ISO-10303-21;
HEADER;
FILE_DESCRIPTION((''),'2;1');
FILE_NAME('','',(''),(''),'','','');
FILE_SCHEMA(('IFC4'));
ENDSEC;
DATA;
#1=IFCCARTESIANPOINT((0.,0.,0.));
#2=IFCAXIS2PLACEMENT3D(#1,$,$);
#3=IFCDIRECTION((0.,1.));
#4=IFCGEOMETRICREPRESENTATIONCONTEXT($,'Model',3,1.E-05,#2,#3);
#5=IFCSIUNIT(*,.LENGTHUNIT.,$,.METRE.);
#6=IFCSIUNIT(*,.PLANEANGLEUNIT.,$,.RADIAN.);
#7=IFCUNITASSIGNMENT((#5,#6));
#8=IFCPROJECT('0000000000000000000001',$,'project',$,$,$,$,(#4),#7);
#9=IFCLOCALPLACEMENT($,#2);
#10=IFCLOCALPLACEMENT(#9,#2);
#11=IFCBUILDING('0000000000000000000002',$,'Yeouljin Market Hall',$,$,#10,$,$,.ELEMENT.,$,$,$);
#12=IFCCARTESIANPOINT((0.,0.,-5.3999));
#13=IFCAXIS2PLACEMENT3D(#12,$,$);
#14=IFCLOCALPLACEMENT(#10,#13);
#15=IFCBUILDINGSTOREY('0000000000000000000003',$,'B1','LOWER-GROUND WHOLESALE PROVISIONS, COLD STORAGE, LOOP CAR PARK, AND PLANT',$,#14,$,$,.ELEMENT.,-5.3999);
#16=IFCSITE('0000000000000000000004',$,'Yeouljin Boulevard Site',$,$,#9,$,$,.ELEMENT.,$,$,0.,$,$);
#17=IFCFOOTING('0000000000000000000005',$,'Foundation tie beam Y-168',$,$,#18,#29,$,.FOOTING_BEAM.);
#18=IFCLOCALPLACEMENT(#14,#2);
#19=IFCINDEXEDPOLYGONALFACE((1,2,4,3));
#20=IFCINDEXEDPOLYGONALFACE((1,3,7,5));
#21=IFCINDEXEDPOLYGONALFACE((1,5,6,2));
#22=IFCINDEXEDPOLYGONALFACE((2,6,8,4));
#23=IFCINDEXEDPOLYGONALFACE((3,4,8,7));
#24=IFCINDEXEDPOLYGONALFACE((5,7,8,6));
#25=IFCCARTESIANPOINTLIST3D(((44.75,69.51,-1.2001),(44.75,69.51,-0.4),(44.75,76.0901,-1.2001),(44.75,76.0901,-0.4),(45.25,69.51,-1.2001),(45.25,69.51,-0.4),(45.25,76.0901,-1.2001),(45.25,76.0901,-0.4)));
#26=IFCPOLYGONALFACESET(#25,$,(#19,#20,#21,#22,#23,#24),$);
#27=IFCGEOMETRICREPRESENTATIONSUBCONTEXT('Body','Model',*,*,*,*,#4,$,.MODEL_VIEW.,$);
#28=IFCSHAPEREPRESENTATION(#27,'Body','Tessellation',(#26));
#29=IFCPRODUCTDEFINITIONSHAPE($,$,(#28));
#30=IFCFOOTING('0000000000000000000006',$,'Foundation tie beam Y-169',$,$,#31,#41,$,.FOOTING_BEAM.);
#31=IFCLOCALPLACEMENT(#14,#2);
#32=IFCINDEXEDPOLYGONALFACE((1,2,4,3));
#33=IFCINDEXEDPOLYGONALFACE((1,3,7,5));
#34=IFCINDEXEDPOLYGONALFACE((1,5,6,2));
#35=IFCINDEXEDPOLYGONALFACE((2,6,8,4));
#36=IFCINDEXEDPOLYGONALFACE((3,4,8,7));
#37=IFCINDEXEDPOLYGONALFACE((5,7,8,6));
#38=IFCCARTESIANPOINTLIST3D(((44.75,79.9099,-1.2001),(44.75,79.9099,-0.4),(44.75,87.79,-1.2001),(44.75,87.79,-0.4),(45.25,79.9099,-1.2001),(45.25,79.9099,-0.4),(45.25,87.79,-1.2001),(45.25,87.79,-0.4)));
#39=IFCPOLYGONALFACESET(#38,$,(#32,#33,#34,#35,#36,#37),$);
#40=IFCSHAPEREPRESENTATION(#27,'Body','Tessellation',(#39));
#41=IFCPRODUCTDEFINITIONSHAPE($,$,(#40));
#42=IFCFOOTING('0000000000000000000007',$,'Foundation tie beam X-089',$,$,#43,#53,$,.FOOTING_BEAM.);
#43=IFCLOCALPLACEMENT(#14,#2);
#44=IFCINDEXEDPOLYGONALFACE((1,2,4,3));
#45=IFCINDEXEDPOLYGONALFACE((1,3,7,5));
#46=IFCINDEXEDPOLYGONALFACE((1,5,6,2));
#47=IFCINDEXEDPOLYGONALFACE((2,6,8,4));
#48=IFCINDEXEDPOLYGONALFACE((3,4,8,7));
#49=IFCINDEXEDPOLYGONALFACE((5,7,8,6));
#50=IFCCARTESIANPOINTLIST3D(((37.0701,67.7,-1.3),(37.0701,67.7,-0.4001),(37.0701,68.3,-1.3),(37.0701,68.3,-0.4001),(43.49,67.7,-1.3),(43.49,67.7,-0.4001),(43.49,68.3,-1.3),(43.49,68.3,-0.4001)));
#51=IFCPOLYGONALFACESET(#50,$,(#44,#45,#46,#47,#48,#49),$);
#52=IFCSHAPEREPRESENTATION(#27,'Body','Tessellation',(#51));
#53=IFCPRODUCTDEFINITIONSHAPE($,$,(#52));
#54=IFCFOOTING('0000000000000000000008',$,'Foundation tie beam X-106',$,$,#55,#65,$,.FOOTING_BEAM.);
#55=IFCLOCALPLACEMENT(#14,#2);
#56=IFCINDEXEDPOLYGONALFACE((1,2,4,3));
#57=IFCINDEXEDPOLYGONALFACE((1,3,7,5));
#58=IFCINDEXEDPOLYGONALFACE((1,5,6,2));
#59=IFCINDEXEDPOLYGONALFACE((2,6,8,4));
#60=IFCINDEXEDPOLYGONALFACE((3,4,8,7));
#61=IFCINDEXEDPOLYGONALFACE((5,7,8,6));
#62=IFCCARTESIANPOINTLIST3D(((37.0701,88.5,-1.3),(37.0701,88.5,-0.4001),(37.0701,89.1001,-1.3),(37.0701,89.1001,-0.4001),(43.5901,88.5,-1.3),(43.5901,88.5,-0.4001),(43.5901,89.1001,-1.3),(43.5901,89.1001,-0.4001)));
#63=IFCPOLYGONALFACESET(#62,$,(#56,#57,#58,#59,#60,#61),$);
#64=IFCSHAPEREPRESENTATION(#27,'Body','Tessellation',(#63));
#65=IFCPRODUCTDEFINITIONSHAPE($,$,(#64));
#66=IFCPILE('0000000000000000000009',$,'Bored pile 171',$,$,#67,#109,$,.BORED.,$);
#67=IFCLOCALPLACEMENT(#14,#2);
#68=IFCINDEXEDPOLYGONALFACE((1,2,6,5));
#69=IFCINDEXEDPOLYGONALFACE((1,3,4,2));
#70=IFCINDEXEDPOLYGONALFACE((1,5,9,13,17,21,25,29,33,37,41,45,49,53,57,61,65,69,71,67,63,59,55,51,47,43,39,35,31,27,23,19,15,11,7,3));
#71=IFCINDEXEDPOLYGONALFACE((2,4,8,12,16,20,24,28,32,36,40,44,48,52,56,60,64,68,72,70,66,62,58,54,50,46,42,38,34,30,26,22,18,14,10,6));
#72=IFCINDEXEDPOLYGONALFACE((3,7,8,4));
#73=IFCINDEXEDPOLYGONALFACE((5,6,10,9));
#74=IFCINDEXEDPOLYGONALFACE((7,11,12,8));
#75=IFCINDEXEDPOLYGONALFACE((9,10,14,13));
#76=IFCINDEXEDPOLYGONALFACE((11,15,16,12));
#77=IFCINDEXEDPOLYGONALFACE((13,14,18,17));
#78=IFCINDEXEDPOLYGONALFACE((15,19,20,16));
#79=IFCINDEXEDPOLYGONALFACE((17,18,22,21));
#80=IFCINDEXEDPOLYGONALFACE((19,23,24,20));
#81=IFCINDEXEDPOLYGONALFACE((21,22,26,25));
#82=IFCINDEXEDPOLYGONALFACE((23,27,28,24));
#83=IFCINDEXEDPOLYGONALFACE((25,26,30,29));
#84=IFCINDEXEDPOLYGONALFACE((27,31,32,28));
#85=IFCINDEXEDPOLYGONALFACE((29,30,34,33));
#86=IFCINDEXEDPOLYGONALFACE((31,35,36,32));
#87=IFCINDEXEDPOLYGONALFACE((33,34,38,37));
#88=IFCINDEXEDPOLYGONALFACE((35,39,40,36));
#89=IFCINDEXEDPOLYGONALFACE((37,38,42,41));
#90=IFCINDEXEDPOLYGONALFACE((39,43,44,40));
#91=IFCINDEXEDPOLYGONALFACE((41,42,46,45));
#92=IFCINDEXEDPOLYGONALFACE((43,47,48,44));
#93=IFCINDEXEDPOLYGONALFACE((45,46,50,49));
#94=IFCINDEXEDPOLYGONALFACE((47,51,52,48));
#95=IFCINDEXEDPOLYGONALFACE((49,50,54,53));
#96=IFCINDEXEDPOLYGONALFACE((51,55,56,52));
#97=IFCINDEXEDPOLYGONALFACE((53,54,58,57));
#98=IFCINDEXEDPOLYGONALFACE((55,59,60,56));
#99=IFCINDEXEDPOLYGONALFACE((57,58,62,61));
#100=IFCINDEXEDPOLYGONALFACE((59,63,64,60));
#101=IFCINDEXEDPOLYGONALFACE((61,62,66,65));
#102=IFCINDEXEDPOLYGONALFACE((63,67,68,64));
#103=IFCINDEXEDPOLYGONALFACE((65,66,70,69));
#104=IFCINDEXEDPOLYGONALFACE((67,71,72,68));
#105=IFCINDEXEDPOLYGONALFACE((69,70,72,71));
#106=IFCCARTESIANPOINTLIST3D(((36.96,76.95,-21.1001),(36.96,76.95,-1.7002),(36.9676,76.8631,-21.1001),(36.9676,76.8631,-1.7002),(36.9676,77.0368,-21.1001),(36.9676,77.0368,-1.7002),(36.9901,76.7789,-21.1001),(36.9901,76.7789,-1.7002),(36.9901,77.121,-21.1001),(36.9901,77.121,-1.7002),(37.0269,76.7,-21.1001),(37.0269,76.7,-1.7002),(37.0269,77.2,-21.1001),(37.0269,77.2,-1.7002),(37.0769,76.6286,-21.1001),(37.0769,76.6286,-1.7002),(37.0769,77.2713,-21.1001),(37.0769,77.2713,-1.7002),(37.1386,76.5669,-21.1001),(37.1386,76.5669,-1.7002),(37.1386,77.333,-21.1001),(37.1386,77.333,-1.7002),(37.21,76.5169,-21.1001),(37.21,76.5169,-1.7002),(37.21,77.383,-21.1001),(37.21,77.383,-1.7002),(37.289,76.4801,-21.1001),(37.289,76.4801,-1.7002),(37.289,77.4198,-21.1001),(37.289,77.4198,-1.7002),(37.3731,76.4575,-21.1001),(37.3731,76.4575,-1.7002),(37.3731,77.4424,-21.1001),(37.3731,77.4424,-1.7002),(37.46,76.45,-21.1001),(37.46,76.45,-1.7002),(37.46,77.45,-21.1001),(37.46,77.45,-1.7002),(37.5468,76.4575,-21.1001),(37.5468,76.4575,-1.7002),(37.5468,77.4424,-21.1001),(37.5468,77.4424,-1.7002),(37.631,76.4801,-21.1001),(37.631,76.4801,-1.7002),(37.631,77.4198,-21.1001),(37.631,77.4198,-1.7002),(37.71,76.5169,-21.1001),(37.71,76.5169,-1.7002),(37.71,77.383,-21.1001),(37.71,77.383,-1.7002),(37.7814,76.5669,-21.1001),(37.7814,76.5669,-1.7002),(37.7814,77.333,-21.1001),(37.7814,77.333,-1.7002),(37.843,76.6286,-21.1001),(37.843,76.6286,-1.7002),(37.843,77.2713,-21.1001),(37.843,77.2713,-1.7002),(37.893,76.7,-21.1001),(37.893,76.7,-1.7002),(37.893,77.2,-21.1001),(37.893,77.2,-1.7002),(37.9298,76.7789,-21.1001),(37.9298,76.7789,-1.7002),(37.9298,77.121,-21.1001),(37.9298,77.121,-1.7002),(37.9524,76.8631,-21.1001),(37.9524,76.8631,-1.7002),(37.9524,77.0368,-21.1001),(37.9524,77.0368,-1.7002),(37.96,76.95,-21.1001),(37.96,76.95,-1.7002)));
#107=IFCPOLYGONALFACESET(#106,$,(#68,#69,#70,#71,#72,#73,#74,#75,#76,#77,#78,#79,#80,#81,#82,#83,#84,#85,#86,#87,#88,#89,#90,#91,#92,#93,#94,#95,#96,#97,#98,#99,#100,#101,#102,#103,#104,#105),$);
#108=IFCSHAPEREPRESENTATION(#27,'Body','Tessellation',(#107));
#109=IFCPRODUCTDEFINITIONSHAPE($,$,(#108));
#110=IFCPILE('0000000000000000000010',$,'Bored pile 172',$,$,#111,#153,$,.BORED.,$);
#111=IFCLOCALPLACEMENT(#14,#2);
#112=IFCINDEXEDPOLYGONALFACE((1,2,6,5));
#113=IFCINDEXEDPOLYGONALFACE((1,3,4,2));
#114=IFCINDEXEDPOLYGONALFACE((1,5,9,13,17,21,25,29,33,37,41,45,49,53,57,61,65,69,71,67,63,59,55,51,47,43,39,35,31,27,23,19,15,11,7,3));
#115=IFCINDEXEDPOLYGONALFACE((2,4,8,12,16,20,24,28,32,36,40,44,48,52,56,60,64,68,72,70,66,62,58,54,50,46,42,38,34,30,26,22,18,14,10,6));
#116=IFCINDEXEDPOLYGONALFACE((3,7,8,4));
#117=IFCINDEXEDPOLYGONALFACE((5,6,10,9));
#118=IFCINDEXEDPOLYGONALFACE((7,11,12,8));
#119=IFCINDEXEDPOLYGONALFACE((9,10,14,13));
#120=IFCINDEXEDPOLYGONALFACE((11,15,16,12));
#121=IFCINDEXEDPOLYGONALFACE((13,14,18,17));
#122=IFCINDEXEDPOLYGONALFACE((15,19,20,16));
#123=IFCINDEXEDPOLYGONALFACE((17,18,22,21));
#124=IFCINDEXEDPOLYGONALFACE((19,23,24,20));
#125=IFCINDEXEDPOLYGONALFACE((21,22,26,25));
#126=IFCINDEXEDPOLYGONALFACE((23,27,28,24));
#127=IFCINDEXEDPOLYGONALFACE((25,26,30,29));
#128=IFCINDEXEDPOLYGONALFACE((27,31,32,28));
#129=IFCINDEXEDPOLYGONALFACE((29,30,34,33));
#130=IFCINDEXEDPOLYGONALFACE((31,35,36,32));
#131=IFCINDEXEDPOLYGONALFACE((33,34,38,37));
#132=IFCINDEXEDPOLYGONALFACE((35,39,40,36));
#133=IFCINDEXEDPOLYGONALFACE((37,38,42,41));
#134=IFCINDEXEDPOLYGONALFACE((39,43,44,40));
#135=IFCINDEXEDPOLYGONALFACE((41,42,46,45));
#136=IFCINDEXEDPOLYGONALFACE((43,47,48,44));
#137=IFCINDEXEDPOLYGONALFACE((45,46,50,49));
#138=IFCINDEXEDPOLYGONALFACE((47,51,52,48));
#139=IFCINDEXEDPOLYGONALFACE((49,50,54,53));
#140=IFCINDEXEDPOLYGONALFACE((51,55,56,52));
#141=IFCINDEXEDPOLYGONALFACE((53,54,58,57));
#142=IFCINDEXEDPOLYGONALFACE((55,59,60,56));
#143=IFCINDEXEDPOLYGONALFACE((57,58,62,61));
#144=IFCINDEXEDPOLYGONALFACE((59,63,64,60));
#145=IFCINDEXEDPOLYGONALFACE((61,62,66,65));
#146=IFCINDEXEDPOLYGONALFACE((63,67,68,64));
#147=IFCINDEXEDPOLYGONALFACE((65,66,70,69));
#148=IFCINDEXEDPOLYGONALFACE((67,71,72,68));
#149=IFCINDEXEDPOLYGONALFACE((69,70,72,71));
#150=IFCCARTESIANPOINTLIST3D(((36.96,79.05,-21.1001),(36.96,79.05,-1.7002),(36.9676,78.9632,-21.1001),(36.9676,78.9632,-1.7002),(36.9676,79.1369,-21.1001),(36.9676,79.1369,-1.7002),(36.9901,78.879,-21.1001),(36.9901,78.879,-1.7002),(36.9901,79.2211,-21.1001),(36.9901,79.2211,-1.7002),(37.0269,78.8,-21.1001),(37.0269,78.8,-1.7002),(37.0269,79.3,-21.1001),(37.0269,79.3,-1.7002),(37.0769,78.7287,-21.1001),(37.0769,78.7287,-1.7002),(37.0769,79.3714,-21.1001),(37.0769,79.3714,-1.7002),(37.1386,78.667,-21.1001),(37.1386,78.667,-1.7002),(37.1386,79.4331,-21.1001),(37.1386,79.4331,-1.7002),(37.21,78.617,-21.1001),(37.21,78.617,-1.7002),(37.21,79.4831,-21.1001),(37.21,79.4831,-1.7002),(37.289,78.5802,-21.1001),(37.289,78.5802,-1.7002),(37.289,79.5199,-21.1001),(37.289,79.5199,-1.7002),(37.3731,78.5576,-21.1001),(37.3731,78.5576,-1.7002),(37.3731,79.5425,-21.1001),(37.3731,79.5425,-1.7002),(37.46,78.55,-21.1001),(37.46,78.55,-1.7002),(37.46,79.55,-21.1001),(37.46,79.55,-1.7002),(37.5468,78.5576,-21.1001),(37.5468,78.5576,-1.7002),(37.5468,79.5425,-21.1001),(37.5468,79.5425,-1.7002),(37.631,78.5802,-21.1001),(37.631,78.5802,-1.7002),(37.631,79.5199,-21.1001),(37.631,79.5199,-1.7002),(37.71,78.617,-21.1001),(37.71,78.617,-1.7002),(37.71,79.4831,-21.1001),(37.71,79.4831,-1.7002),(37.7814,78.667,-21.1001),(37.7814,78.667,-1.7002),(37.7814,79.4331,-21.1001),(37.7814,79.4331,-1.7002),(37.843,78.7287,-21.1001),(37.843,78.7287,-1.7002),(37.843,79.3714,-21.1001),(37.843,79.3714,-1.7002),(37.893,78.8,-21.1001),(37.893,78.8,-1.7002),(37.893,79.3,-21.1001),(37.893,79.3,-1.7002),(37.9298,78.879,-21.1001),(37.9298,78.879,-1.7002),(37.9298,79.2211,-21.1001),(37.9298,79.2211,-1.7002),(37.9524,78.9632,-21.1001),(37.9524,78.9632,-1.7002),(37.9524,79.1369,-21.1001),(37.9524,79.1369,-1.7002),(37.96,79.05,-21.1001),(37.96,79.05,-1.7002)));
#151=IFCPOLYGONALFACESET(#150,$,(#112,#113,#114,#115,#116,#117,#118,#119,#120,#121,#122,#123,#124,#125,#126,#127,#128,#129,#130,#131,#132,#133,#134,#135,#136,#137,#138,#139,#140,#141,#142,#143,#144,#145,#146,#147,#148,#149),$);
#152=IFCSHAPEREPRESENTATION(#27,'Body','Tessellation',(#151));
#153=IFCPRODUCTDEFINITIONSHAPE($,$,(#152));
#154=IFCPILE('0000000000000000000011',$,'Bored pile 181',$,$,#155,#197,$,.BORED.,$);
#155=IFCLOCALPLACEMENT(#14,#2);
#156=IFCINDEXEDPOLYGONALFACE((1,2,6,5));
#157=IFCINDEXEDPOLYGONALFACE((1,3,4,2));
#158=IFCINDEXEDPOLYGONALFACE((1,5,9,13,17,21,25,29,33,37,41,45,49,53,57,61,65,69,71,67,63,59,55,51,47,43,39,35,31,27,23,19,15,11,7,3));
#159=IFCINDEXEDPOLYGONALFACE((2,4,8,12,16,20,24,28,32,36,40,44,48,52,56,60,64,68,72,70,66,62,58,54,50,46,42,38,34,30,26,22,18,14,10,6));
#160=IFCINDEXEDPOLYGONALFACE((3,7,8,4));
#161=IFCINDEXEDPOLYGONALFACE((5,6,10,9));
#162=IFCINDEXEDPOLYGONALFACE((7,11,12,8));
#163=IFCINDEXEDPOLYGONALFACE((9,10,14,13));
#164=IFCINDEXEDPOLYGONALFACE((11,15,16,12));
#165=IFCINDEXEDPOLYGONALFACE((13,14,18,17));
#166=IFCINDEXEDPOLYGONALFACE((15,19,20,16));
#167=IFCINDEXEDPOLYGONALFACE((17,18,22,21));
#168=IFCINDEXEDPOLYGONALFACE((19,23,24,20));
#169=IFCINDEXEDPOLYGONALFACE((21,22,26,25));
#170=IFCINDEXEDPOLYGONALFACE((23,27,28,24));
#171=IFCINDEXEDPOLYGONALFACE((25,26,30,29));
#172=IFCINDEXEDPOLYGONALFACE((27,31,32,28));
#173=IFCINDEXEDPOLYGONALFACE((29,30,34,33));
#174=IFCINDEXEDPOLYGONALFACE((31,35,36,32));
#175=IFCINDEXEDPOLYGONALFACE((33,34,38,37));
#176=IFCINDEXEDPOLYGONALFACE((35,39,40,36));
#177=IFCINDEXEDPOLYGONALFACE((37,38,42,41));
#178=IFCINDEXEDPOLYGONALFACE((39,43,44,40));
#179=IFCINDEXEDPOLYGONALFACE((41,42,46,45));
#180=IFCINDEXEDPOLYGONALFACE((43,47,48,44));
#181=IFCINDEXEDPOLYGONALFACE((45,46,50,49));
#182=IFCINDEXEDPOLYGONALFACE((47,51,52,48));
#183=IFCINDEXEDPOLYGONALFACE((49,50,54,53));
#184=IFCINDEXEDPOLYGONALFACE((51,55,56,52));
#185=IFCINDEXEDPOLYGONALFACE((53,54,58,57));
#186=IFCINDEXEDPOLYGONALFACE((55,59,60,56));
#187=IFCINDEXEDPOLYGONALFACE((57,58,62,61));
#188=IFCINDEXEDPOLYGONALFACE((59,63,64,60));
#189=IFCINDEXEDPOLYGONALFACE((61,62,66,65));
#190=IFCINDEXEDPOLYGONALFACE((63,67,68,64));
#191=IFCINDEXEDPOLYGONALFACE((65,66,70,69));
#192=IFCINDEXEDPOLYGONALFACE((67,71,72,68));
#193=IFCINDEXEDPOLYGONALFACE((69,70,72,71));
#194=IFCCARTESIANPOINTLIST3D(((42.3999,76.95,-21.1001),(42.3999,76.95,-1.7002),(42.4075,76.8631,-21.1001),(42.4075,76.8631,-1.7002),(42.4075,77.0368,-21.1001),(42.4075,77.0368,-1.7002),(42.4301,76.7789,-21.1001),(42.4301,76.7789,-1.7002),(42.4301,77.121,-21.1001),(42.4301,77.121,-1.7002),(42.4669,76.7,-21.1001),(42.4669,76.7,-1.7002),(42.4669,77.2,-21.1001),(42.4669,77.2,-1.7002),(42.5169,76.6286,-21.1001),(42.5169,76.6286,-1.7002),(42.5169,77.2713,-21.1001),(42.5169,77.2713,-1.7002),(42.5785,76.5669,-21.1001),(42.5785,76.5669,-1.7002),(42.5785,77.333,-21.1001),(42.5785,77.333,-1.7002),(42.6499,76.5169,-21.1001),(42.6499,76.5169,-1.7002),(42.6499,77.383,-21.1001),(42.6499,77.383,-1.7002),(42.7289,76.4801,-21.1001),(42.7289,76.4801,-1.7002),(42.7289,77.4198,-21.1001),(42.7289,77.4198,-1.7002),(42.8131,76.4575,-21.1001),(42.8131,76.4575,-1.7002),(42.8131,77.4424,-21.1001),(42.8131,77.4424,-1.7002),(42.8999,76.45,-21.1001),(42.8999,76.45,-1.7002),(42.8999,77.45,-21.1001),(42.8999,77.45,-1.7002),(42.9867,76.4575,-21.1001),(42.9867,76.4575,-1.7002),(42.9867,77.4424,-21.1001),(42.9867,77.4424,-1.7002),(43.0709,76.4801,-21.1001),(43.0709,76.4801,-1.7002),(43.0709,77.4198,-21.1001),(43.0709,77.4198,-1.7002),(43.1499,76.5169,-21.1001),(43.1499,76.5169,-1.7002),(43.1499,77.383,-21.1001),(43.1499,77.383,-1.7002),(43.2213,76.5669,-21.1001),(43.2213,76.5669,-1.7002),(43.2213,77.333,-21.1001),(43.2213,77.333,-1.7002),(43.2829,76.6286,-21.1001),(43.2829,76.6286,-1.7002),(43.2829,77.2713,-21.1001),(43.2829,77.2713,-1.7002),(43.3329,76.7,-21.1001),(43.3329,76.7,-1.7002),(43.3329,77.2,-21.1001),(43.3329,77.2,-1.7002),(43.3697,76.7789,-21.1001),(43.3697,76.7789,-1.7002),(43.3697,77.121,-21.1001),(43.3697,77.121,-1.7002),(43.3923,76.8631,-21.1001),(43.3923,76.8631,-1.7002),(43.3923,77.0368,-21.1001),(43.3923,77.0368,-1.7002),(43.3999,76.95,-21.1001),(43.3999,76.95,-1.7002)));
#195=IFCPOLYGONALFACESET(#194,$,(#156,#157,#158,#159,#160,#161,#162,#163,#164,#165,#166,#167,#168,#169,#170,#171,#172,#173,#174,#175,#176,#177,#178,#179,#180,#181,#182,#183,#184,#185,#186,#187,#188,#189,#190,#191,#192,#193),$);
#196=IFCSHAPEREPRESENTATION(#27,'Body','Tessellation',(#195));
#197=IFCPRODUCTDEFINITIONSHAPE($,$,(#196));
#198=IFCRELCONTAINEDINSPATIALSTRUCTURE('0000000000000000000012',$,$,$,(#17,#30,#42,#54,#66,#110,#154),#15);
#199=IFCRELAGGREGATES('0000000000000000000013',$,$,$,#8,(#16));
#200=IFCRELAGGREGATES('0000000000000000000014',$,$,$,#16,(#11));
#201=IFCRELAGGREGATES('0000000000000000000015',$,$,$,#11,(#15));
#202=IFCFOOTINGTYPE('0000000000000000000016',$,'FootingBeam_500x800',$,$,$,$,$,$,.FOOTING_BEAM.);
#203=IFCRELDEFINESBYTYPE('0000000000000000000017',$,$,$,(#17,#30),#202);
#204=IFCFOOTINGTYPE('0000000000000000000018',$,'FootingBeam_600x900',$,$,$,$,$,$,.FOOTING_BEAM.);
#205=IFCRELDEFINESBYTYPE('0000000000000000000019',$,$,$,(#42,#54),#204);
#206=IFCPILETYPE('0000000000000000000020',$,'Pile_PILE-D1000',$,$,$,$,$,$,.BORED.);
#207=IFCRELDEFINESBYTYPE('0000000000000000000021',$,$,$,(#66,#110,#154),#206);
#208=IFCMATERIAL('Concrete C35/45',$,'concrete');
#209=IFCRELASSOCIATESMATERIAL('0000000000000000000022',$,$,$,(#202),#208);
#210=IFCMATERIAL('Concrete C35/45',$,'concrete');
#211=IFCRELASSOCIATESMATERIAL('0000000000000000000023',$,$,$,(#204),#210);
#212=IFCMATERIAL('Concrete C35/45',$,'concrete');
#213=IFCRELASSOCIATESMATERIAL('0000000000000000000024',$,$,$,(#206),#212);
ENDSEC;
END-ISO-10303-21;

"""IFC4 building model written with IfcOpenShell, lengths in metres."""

from ifc_helpers import new_model, si_unit, direction, frame, origin, origin_2d, place, context, subcontext, project, spatial, rectangle, circle, extrude, material, material_profile, profile_set, type_object, element, save


model = new_model("IFC4")

# Units and contexts
model_context = context("Model", 3, precision=1e-05, world=origin(), true_north=direction((0.0, 1.0)))
body_context = subcontext(model_context, "Body", "Model", "MODEL_VIEW")
ifc_project = project(units=[si_unit("LENGTHUNIT", "METRE"), si_unit("PLANEANGLEUNIT", "RADIAN")], contexts=[model_context])

# Site, building, storey
site_placement = place(None, origin())
site = spatial("IfcSite", under=ifc_project, at=site_placement, Name="Yeouljin Boulevard Site", CompositionType="ELEMENT", RefElevation=0.0)
building_placement = place(site_placement, origin())
building = spatial("IfcBuilding", under=site, at=building_placement, Name="Yeouljin Market Hall", CompositionType="ELEMENT")
storey_placement = place(building_placement, frame((0.0, 0.0, -5.3999)))
storey = spatial("IfcBuildingStorey", under=building, at=storey_placement, Name="B1", Description="LOWER-GROUND WHOLESALE PROVISIONS, COLD STORAGE, LOOP CAR PARK, AND PLANT", CompositionType="ELEMENT", Elevation=-5.3999)

# Footings
ifc_material_1 = material(Name="Concrete C35/45", Category="concrete")
ifc_material_profile_1 = material_profile(ifc_material_1, rectangle(XDim=0.5, YDim=0.8, at=origin_2d()), Name="RC-500x800")
ifc_profile_set_1 = profile_set([ifc_material_profile_1], Name="Concrete C35/45")
footing_type_1 = type_object("IfcFootingType", Name="FootingBeam_500x800", PredefinedType="FOOTING_BEAM", material=ifc_profile_set_1)
footing_1_placement = place(storey_placement, frame((45.0, 69.51, -0.8), z_axis=(0.0, 1.0, 0.0), x_axis=(-1.0, 0.0, 0.0)))
element("IfcFooting", 1, at=footing_1_placement, inside=storey, type_object=footing_type_1, Name="Foundation tie beam Y-168", PredefinedType="FOOTING_BEAM", context=body_context, shape_type="SweptSolid", body=[
    extrude(rectangle(XDim=0.5, YDim=0.8, at=origin_2d()), origin(), (0.0, 0.0, 1.0), 6.5801),
])
footing_2_placement = place(storey_placement, frame((45.0, 79.9099, -0.8), z_axis=(0.0, 1.0, 0.0), x_axis=(-1.0, 0.0, 0.0)))
element("IfcFooting", 2, at=footing_2_placement, inside=storey, type_object=footing_type_1, Name="Foundation tie beam Y-169", PredefinedType="FOOTING_BEAM", context=body_context, shape_type="SweptSolid", body=[
    extrude(rectangle(XDim=0.5, YDim=0.8, at=origin_2d()), origin(), (0.0, 0.0, 1.0), 7.8801),
])
ifc_material_2 = material(Name="Concrete C35/45", Category="concrete")
ifc_material_profile_2 = material_profile(ifc_material_2, rectangle(XDim=0.6001, YDim=0.8999, at=origin_2d()), Name="RC-600x900")
ifc_profile_set_2 = profile_set([ifc_material_profile_2], Name="Concrete C35/45")
footing_type_2 = type_object("IfcFootingType", Name="FootingBeam_600x900", PredefinedType="FOOTING_BEAM", material=ifc_profile_set_2)
footing_3_placement = place(storey_placement, frame((37.0701, 68.0, -0.8501), z_axis=(1.0, 0.0, 0.0), x_axis=(0.0, 1.0, 0.0)))
element("IfcFooting", 3, at=footing_3_placement, inside=storey, type_object=footing_type_2, Name="Foundation tie beam X-089", PredefinedType="FOOTING_BEAM", context=body_context, shape_type="SweptSolid", body=[
    extrude(rectangle(XDim=0.6001, YDim=0.8999, at=origin_2d()), origin(), (0.0, 0.0, 1.0), 6.4199),
])
footing_4_placement = place(storey_placement, frame((37.0701, 88.8, -0.8501), z_axis=(1.0, 0.0, 0.0), x_axis=(0.0, 1.0, 0.0)))
element("IfcFooting", 4, at=footing_4_placement, inside=storey, type_object=footing_type_2, Name="Foundation tie beam X-106", PredefinedType="FOOTING_BEAM", context=body_context, shape_type="SweptSolid", body=[
    extrude(rectangle(XDim=0.6001, YDim=0.8999, at=origin_2d()), origin(), (0.0, 0.0, 1.0), 6.52),
])

# Piles
ifc_material_3 = material(Name="Concrete C35/45", Category="concrete")
ifc_material_profile_3 = material_profile(ifc_material_3, circle(Radius=0.5, at=origin_2d()), Name="PILE-D1000")
ifc_profile_set_3 = profile_set([ifc_material_profile_3], Name="Concrete C35/45")
pile_type_1 = type_object("IfcPileType", Name="Pile_PILE-D1000", PredefinedType="BORED", material=ifc_profile_set_3)
for number, where, z_axis, x_axis, name in (
    (5, (37.46, 76.95, -1.7002), (0.0, 0.0, -1.0), (1.0, 0.0, 0.0), "Bored pile 171"),
    (6, (37.46, 79.05, -1.7002), (0.0, 0.0, -1.0), (1.0, 0.0, 0.0), "Bored pile 172"),
    (7, (42.8999, 76.95, -1.7002), (0.0, 0.0, -1.0), (1.0, 0.0, 0.0), "Bored pile 181"),
):
    element("IfcPile", number, at=place(storey_placement, frame(where, z_axis=z_axis, x_axis=x_axis)), inside=storey, type_object=pile_type_1, Name=name, PredefinedType="BORED", context=body_context, shape_type="SweptSolid", body=[
        extrude(circle(Radius=0.5, at=origin_2d()), origin(), (0.0, 0.0, 1.0), 19.3999),
    ])

save(model, "model.ifc")
